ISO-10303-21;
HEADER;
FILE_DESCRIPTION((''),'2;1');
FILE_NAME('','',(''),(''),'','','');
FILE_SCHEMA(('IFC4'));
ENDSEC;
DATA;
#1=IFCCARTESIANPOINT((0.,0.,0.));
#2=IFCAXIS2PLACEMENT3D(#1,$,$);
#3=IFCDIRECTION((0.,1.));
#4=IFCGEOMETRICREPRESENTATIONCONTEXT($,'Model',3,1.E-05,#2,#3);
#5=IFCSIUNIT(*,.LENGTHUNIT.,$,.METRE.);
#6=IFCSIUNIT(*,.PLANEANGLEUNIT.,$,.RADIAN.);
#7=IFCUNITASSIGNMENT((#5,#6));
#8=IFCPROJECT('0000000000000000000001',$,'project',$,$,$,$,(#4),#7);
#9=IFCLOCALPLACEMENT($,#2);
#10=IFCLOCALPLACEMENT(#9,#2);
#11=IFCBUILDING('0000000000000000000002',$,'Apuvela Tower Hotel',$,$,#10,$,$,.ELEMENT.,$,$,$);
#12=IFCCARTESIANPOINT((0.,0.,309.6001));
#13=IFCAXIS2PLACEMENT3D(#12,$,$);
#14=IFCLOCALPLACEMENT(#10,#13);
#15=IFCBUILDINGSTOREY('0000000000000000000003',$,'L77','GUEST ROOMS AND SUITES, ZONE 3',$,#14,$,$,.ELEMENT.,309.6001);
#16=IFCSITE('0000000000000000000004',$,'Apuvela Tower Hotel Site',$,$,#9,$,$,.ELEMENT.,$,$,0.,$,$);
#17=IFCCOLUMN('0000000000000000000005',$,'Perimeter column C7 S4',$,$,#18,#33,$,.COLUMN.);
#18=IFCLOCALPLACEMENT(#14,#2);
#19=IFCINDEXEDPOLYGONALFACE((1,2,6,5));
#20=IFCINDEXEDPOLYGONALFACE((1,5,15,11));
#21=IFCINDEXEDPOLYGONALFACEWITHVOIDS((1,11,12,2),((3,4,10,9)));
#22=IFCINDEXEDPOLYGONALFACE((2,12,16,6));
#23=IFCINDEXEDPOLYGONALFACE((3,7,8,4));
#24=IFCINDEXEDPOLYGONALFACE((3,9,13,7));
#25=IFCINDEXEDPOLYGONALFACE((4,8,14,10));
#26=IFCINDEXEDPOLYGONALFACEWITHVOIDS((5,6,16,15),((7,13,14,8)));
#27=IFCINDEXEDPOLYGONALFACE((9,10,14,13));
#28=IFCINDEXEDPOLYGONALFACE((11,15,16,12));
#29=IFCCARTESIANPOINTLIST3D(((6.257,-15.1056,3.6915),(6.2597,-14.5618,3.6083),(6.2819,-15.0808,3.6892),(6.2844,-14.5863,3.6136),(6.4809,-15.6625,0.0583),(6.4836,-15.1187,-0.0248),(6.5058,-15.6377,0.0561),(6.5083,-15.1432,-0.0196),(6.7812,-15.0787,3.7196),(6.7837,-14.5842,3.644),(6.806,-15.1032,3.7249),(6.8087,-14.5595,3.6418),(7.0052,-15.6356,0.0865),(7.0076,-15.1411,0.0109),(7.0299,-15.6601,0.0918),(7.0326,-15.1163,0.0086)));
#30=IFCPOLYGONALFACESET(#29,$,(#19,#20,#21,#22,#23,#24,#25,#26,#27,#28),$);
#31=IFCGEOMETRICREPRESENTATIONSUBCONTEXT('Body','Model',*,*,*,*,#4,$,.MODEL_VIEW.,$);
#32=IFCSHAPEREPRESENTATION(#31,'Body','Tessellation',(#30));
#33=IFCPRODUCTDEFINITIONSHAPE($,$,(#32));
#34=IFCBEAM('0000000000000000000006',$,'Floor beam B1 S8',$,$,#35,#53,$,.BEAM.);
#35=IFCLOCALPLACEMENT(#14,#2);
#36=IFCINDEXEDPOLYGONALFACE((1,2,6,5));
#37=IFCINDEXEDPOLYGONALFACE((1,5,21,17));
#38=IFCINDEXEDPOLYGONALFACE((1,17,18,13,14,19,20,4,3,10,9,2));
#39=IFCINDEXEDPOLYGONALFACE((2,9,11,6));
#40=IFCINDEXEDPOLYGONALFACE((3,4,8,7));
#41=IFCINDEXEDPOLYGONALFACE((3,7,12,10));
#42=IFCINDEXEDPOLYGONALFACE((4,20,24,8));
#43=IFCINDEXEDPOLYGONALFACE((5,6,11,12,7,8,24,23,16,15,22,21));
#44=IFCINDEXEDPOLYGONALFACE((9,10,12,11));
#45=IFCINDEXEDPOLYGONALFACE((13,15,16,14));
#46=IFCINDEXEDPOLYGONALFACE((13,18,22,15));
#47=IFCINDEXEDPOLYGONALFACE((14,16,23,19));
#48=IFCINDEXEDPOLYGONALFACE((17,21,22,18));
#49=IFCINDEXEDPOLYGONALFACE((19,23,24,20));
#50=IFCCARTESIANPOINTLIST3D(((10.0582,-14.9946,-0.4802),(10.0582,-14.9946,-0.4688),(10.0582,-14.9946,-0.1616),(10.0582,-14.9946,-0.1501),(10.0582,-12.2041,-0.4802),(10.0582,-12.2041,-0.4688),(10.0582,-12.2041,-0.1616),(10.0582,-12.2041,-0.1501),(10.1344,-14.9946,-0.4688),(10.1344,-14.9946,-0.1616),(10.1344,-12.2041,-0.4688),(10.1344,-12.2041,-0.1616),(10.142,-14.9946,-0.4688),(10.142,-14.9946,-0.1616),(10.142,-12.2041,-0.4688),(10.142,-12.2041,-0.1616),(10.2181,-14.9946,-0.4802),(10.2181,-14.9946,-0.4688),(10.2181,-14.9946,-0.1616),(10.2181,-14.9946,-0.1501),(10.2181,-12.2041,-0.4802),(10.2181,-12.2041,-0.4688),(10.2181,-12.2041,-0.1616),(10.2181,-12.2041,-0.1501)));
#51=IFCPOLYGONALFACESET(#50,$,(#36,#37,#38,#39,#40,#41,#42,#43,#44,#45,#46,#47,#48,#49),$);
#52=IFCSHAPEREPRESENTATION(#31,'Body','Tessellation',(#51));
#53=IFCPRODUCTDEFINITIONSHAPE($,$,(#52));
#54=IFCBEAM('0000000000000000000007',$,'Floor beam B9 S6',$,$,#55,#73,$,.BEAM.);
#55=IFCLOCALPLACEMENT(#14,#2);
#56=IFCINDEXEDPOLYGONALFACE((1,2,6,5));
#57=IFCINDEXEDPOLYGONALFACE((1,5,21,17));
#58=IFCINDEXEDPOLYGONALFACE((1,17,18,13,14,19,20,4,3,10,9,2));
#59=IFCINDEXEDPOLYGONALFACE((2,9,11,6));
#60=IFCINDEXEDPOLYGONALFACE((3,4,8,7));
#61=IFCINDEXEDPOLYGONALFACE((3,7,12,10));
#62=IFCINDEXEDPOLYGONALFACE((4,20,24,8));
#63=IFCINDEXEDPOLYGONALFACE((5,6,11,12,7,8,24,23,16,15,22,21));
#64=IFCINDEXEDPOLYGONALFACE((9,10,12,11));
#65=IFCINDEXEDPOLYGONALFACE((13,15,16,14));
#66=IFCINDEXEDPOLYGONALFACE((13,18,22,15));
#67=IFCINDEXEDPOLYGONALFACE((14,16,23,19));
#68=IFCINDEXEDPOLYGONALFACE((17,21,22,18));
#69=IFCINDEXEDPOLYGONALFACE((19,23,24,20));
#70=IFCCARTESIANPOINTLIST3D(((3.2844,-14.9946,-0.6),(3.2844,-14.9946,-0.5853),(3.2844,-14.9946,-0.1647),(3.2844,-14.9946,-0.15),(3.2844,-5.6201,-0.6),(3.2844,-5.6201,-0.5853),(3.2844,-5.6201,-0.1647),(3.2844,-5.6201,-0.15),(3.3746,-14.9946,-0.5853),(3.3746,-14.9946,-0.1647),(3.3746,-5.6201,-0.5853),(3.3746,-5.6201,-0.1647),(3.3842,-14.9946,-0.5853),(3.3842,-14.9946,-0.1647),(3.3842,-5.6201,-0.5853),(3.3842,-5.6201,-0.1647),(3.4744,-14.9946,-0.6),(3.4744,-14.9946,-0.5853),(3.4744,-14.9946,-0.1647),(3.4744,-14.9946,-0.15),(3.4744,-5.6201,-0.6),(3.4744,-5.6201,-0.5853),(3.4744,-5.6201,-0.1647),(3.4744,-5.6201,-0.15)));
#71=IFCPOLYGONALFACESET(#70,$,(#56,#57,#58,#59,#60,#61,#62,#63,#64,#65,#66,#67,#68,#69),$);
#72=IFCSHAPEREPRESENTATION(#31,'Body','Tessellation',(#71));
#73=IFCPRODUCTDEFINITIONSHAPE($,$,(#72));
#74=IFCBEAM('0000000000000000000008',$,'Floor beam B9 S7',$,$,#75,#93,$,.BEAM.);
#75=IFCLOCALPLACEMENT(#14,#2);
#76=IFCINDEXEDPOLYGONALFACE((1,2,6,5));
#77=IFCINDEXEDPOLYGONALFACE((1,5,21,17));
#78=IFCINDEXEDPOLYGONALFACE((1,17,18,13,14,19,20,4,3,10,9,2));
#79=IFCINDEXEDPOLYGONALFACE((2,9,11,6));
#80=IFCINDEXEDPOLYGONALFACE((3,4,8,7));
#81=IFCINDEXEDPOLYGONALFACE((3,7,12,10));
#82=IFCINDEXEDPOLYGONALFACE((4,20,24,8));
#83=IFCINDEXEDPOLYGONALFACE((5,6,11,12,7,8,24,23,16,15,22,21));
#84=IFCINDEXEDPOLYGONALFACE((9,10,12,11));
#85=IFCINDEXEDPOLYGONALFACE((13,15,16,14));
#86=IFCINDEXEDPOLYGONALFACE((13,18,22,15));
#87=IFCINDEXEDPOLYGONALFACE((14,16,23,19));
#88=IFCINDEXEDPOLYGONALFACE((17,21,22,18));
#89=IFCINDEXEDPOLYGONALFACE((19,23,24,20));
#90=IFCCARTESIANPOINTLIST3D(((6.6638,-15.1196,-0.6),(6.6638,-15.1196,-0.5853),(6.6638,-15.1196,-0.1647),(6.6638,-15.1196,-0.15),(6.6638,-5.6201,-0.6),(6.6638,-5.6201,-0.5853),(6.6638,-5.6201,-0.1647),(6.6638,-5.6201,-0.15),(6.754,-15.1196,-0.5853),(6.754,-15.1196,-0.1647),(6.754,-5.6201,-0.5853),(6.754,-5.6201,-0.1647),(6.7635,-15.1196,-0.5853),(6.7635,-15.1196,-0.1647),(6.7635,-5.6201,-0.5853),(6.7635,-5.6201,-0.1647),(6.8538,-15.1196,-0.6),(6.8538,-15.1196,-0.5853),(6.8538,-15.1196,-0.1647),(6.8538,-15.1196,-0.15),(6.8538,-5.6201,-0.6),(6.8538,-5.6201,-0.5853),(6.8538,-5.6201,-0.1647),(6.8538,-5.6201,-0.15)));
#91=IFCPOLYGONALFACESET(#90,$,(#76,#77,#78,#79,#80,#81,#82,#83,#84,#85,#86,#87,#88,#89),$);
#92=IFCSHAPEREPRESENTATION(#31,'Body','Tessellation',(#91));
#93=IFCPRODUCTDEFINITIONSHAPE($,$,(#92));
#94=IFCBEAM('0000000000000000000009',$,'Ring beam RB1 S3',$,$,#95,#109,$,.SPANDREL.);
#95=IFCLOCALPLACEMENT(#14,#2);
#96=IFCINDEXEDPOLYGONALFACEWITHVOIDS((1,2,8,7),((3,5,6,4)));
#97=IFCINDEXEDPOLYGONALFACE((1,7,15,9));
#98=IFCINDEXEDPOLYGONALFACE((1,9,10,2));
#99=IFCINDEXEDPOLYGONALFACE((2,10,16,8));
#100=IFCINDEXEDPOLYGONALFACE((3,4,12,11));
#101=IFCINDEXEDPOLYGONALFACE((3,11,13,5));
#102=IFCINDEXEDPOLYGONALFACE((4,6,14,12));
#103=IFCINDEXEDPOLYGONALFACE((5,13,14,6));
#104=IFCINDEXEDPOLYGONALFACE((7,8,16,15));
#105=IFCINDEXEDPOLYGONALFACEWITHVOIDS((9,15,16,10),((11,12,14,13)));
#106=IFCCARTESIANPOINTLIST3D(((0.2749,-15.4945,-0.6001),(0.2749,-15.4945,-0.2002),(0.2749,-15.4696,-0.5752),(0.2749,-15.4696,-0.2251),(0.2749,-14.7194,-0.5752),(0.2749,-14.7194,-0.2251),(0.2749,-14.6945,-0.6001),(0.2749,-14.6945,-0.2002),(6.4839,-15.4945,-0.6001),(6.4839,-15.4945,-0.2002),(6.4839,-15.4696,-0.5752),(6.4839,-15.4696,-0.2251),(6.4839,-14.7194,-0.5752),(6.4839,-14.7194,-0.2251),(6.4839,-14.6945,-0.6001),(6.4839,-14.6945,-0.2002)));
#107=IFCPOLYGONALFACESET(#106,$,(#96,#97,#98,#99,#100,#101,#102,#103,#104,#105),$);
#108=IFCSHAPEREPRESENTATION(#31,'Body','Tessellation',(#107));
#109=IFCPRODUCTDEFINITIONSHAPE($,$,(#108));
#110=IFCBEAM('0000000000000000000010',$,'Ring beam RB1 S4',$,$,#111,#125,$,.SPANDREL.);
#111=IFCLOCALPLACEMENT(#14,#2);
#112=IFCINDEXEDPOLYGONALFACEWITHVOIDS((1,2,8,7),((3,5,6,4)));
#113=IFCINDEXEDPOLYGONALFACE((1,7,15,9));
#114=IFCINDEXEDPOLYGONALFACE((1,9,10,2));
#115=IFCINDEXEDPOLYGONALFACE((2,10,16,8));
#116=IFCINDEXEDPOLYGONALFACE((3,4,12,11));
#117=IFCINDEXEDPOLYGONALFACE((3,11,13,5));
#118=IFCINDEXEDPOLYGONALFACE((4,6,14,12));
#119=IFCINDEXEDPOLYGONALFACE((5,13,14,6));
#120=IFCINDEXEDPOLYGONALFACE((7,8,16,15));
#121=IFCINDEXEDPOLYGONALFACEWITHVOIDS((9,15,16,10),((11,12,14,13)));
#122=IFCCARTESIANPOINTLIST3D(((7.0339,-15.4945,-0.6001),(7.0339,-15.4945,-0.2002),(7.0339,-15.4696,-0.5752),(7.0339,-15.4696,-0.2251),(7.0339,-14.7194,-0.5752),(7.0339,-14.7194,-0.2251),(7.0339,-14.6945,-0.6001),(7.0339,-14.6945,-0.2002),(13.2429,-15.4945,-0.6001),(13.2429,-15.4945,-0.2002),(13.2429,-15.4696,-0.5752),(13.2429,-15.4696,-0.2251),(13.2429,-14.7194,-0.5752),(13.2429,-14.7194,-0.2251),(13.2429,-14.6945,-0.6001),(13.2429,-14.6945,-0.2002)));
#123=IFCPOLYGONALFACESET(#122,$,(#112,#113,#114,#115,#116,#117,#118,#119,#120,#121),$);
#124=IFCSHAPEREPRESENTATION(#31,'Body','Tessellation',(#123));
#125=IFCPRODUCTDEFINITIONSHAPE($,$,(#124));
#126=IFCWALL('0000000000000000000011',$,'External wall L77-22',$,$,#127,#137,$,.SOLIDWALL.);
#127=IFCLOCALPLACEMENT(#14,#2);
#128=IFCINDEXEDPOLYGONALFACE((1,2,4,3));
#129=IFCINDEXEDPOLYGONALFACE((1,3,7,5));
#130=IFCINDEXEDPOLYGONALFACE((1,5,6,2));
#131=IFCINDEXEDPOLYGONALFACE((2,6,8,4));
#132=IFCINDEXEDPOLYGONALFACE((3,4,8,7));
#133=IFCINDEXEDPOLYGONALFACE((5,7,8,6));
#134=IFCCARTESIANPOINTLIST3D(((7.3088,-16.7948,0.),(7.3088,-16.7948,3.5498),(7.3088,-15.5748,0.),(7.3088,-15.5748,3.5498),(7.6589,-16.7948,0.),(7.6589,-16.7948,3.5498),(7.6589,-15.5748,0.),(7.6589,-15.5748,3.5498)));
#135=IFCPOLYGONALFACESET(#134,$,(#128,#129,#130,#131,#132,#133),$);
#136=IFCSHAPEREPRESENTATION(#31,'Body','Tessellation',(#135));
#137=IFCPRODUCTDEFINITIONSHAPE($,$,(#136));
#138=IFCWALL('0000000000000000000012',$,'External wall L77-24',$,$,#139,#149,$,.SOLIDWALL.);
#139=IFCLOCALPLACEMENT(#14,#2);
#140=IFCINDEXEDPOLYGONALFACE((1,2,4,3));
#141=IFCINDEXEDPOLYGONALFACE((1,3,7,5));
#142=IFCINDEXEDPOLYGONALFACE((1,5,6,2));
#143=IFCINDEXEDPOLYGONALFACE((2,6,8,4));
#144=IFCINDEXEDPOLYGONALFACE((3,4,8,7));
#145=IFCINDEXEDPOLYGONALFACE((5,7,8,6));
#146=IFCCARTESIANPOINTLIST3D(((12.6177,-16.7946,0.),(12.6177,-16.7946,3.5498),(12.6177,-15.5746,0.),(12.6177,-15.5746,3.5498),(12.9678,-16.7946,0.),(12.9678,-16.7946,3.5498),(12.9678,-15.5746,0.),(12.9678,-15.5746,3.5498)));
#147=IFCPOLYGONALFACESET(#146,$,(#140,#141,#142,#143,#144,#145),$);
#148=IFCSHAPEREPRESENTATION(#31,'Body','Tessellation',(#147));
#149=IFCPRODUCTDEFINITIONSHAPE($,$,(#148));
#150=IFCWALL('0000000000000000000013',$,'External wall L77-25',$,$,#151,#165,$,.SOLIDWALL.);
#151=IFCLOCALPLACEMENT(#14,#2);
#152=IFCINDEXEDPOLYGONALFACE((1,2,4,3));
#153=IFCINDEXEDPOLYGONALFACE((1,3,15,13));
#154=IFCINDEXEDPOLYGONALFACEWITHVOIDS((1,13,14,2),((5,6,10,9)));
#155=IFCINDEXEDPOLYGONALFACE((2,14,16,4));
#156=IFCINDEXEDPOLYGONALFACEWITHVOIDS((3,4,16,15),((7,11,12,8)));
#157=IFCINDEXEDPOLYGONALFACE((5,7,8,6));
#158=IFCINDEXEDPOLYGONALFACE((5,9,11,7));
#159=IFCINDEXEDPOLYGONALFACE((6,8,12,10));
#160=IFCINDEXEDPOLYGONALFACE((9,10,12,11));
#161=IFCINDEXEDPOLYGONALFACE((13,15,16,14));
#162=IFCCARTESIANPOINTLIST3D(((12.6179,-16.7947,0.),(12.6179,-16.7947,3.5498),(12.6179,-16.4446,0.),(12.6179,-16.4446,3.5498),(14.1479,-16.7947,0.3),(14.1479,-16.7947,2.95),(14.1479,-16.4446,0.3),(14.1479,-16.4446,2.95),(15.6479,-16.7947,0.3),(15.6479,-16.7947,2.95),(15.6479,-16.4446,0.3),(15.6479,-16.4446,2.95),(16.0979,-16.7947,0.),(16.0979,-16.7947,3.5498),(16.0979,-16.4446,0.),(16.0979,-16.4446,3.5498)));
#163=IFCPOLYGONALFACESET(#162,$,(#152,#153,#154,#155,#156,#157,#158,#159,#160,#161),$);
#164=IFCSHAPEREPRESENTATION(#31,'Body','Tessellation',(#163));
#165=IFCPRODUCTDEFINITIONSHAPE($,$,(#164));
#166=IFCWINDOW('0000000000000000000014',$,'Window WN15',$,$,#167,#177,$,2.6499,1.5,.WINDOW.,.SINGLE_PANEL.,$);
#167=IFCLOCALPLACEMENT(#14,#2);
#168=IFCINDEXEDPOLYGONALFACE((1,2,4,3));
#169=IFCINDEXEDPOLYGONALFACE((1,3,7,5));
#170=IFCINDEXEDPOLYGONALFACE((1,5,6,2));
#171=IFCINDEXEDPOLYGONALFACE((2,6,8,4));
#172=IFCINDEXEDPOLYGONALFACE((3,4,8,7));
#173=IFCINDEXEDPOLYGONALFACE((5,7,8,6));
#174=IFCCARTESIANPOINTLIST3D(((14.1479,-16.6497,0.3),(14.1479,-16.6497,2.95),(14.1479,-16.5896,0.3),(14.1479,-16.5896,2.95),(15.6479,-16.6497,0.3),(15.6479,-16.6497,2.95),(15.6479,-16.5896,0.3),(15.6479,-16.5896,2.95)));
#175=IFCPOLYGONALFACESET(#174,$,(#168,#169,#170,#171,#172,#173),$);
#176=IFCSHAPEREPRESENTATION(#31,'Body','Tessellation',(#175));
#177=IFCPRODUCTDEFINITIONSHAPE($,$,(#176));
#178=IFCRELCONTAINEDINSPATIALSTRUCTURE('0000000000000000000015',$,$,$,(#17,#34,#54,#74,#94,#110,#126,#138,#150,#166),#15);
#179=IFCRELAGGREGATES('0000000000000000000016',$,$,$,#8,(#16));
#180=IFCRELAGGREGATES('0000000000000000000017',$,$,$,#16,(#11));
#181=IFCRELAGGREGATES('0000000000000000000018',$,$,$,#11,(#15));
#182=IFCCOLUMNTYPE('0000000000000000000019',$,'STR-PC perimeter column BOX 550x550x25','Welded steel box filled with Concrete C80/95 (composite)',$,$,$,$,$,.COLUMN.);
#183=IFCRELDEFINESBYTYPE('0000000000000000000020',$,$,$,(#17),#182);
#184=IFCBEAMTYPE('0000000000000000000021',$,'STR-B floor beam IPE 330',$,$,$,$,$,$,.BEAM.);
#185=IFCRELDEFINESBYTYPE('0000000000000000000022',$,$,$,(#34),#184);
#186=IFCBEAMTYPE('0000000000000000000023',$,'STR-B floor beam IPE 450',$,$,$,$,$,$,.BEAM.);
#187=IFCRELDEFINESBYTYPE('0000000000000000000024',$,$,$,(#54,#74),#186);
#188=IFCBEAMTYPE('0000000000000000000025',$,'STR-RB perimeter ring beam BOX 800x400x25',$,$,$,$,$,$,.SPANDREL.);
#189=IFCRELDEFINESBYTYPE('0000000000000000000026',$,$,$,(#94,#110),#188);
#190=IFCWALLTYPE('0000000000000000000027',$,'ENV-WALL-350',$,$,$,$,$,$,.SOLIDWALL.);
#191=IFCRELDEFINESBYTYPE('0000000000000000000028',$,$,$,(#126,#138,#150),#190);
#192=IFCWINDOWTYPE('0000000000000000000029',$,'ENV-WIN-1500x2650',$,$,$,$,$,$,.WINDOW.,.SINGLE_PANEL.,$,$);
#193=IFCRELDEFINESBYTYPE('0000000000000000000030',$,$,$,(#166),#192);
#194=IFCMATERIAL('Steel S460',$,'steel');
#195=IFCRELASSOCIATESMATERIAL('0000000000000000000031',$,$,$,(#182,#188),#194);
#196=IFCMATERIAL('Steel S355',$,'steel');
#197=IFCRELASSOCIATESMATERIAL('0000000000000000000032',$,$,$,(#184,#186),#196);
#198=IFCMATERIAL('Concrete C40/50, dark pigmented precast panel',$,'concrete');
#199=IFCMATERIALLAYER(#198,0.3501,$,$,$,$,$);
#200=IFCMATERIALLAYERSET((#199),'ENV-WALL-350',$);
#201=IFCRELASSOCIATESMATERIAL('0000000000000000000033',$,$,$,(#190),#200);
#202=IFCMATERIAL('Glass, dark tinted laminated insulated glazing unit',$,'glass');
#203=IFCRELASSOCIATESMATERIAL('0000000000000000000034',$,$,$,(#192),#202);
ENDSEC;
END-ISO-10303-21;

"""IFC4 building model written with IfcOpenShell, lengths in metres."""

from ifc_helpers import new_model, si_unit, direction, frame, frame_2d, origin, origin_2d, place, context, subcontext, project, spatial, rectangle, hollow_rectangle, i_section, extrude, boolean, halfspace, material, layer, layer_set, material_profile, profile_set, type_object, element, fill, save


model = new_model("IFC4")

# Units and contexts
model_context = context("Model", 3, precision=1e-05, world=origin(), true_north=direction((0.0, 1.0)))
body_context = subcontext(model_context, "Body", "Model", "MODEL_VIEW")
ifc_project = project(units=[si_unit("LENGTHUNIT", "METRE"), si_unit("PLANEANGLEUNIT", "RADIAN")], contexts=[model_context])

# Site, building, storey
site_placement = place(None, origin())
site = spatial("IfcSite", under=ifc_project, at=site_placement, Name="Apuvela Tower Hotel Site", CompositionType="ELEMENT", RefElevation=0.0)
building_placement = place(site_placement, origin())
building = spatial("IfcBuilding", under=site, at=building_placement, Name="Apuvela Tower Hotel", CompositionType="ELEMENT")
storey_placement = place(building_placement, frame((0.0, 0.0, 309.6001)))
storey = spatial("IfcBuildingStorey", under=building, at=storey_placement, Name="L77", Description="GUEST ROOMS AND SUITES, ZONE 3", CompositionType="ELEMENT", Elevation=309.6001)

# Column
ifc_material_1 = material(Name="Steel S460", Category="steel")
ifc_material_profile_1 = material_profile(ifc_material_1, hollow_rectangle(XDim=0.55, YDim=0.55, WallThickness=0.0249, at=origin_2d()), Name="BOX 550x550x25")
ifc_material_2 = material(Name="Concrete C80/95", Category="concrete")
ifc_material_profile_2 = material_profile(ifc_material_2, rectangle(XDim=0.5, YDim=0.5, at=origin_2d()), Name="Concrete C80/95 infill")
ifc_profile_set_1 = profile_set([ifc_material_profile_1, ifc_material_profile_2], Name="Steel S460")
column_type = type_object("IfcColumnType", Name="STR-PC perimeter column BOX 550x550x25", Description="Welded steel box filled with Concrete C80/95 (composite)", PredefinedType="COLUMN", material=ifc_profile_set_1)
column_placement = place(storey_placement, frame((6.7588, -15.3945, 0.0), z_axis=(-0.060806, 0.151233, 0.986626), x_axis=(0.998138, 0.004342, 0.060849)))
element("IfcColumn", 1, at=column_placement, inside=storey, type_object=column_type, Name="Perimeter column C7 S4", PredefinedType="COLUMN", context=body_context, shape_type="SweptSolid", body=[
    boolean("DIFFERENCE", boolean("DIFFERENCE", extrude(hollow_rectangle(XDim=0.55, YDim=0.55, WallThickness=0.0249, at=origin_2d()), origin(), (0.0, 0.0, 1.0), 3.75), halfspace(frame((0.0, 0.0, 0.0339), z_axis=(0.0, 0.0, 1.0), x_axis=(1.0, 0.0, 0.0)), True)), halfspace(frame((0.0, 0.0, 3.7163), z_axis=(0.0, 0.0, 1.0), x_axis=(1.0, 0.0, 0.0)), False)),
])

# Beams
ifc_material_3 = material(Name="Steel S355", Category="steel")
ifc_material_profile_3 = material_profile(ifc_material_3, i_section(OverallWidth=0.1599, OverallDepth=0.3301, WebThickness=0.0076, FlangeThickness=0.0115, at=origin_2d()), Name="IPE 330")
ifc_profile_set_2 = profile_set([ifc_material_profile_3], Name="Steel S355")
beam_type_1 = type_object("IfcBeamType", Name="STR-B floor beam IPE 330", PredefinedType="BEAM", material=ifc_profile_set_2)
beam_1_placement = place(storey_placement, frame((10.1382, -14.9946, -0.3152), z_axis=(0.0, 1.0, 0.0), x_axis=(-1.0, 0.0, 0.0)))
element("IfcBeam", 2, at=beam_1_placement, inside=storey, type_object=beam_type_1, Name="Floor beam B1 S8", PredefinedType="BEAM", context=body_context, shape_type="SweptSolid", body=[
    extrude(i_section(OverallWidth=0.1599, OverallDepth=0.3301, WebThickness=0.0076, FlangeThickness=0.0115, at=origin_2d()), origin(), (0.0, 0.0, 1.0), 2.7905),
])
ifc_material_profile_4 = material_profile(ifc_material_3, i_section(OverallWidth=0.1899, OverallDepth=0.45, WebThickness=0.0095, FlangeThickness=0.0146, at=origin_2d()), Name="IPE 450")
ifc_profile_set_3 = profile_set([ifc_material_profile_4], Name="Steel S355")
beam_type_2 = type_object("IfcBeamType", Name="STR-B floor beam IPE 450", PredefinedType="BEAM", material=ifc_profile_set_3)
beam_2_placement = place(storey_placement, frame((3.3794, -14.9946, -0.375), z_axis=(0.0, 1.0, 0.0), x_axis=(-1.0, 0.0, 0.0)))
element("IfcBeam", 3, at=beam_2_placement, inside=storey, type_object=beam_type_2, Name="Floor beam B9 S6", PredefinedType="BEAM", context=body_context, shape_type="SweptSolid", body=[
    extrude(i_section(OverallWidth=0.1899, OverallDepth=0.45, WebThickness=0.0095, FlangeThickness=0.0146, at=origin_2d()), origin(), (0.0, 0.0, 1.0), 9.3745),
])
beam_3_placement = place(storey_placement, frame((6.7588, -15.1196, -0.375), z_axis=(0.0, 1.0, 0.0), x_axis=(-1.0, 0.0, 0.0)))
element("IfcBeam", 4, at=beam_3_placement, inside=storey, type_object=beam_type_2, Name="Floor beam B9 S7", PredefinedType="BEAM", context=body_context, shape_type="SweptSolid", body=[
    extrude(i_section(OverallWidth=0.1899, OverallDepth=0.45, WebThickness=0.0095, FlangeThickness=0.0146, at=origin_2d()), origin(), (0.0, 0.0, 1.0), 9.4995),
])
ifc_material_profile_5 = material_profile(ifc_material_1, hollow_rectangle(XDim=0.8, YDim=0.3999, WallThickness=0.0249, at=origin_2d()), Name="BOX 800x400x25")
ifc_profile_set_4 = profile_set([ifc_material_profile_5], Name="Steel S460")
beam_type_3 = type_object("IfcBeamType", Name="STR-RB perimeter ring beam BOX 800x400x25", PredefinedType="SPANDREL", material=ifc_profile_set_4)
for number, where, z_axis, x_axis, name in (
    (5, (0.2749, -15.0945, -0.4001), (1.0, 0.0, 0.0), (0.0, 1.0, 0.0), "Ring beam RB1 S3"),
    (6, (7.0339, -15.0945, -0.4001), (1.0, 0.0, 0.0), (0.0, 1.0, 0.0), "Ring beam RB1 S4"),
):
    element("IfcBeam", number, at=place(storey_placement, frame(where, z_axis=z_axis, x_axis=x_axis)), inside=storey, type_object=beam_type_3, Name=name, PredefinedType="SPANDREL", context=body_context, shape_type="SweptSolid", body=[
        extrude(hollow_rectangle(XDim=0.8, YDim=0.3999, WallThickness=0.0249, at=origin_2d()), origin(), (0.0, 0.0, 1.0), 6.209),
    ])

# Wall
ifc_material_4 = material(Name="Concrete C40/50, dark pigmented precast panel", Category="concrete")
ifc_layer_1 = layer(ifc_material_4, 0.3501)
ifc_layer_set_1 = layer_set([ifc_layer_1], Name="ENV-WALL-350")
wall_type_1 = type_object("IfcWallType", Name="ENV-WALL-350", PredefinedType="SOLIDWALL", material=ifc_layer_set_1)
wall_1_placement = place(storey_placement, frame((7.4839, -16.7947, 0.0), z_axis=(0.0, 0.0, 1.0), x_axis=(0.0, 1.0, 0.0)))
element("IfcWall", 7, at=wall_1_placement, inside=storey, type_object=wall_type_1, Name="External wall L77-22", PredefinedType="SOLIDWALL", context=body_context, shape_type="SweptSolid", body=[
    extrude(rectangle(XDim=1.22, YDim=0.3501, at=frame_2d((0.6099, 0.0))), origin(), (0.0, 0.0, 1.0), 3.5498),
])

# Shared definitions
ifc_material_5 = material(Name="Glass, dark tinted laminated insulated glazing unit", Category="glass")

# Wall
wall_2_placement = place(storey_placement, frame((12.7927, -15.5747, 0.0), z_axis=(0.0, 0.0, 1.0), x_axis=(0.0, -1.0, 0.0)))
element("IfcWall", 8, at=wall_2_placement, inside=storey, type_object=wall_type_1, Name="External wall L77-24", PredefinedType="SOLIDWALL", context=body_context, shape_type="SweptSolid", body=[
    extrude(rectangle(XDim=1.22, YDim=0.3501, at=frame_2d((0.6099, 0.0))), origin(), (0.0, 0.0, 1.0), 3.5498),
])

# Wall, opening, window
wall_3_placement = place(storey_placement, frame((12.6179, -16.6196, 0.0), z_axis=(0.0, 0.0, 1.0), x_axis=(1.0, 0.0, 0.0)))
wall_3 = element("IfcWall", 9, at=wall_3_placement, inside=storey, type_object=wall_type_1, Name="External wall L77-25", PredefinedType="SOLIDWALL", context=body_context, shape_type="SweptSolid", body=[
    extrude(rectangle(XDim=3.48, YDim=0.3501, at=frame_2d((1.74, 0.0))), origin(), (0.0, 0.0, 1.0), 3.5498),
])
opening_1_placement = place(wall_3_placement, frame((1.53, 0.0, 0.3)))
opening_1 = element("IfcOpeningElement", 10, at=opening_1_placement, cuts=wall_3, PredefinedType="OPENING", context=body_context, shape_type="SweptSolid", body=[
    extrude(rectangle(XDim=1.5, YDim=2.6499, at=frame_2d((0.75, 1.325))), frame((0.0, 0.1851, 0.0), z_axis=(0.0, -1.0, 0.0), x_axis=(1.0, 0.0, 0.0)), (0.0, 0.0, 1.0), 0.3701),
])
window_type_1 = type_object("IfcWindowType", Name="ENV-WIN-1500x2650", PartitioningType="SINGLE_PANEL", PredefinedType="WINDOW", material=ifc_material_5)
window_1_placement = place(opening_1_placement, origin())
window_1 = element("IfcWindow", 11, at=window_1_placement, inside=storey, type_object=window_type_1, Name="Window WN15", OverallHeight=2.6499, OverallWidth=1.5, PartitioningType="SINGLE_PANEL", PredefinedType="WINDOW", context=body_context, shape_type="SweptSolid", body=[
    extrude(rectangle(XDim=1.5, YDim=2.6499, at=frame_2d((0.75, 1.325))), frame((0.0, 0.03, 0.0), z_axis=(0.0, -1.0, 0.0), x_axis=(1.0, 0.0, 0.0)), (0.0, 0.0, 1.0), 0.0601),
])
fill(opening_1, window_1)

save(model, "model.ifc")
